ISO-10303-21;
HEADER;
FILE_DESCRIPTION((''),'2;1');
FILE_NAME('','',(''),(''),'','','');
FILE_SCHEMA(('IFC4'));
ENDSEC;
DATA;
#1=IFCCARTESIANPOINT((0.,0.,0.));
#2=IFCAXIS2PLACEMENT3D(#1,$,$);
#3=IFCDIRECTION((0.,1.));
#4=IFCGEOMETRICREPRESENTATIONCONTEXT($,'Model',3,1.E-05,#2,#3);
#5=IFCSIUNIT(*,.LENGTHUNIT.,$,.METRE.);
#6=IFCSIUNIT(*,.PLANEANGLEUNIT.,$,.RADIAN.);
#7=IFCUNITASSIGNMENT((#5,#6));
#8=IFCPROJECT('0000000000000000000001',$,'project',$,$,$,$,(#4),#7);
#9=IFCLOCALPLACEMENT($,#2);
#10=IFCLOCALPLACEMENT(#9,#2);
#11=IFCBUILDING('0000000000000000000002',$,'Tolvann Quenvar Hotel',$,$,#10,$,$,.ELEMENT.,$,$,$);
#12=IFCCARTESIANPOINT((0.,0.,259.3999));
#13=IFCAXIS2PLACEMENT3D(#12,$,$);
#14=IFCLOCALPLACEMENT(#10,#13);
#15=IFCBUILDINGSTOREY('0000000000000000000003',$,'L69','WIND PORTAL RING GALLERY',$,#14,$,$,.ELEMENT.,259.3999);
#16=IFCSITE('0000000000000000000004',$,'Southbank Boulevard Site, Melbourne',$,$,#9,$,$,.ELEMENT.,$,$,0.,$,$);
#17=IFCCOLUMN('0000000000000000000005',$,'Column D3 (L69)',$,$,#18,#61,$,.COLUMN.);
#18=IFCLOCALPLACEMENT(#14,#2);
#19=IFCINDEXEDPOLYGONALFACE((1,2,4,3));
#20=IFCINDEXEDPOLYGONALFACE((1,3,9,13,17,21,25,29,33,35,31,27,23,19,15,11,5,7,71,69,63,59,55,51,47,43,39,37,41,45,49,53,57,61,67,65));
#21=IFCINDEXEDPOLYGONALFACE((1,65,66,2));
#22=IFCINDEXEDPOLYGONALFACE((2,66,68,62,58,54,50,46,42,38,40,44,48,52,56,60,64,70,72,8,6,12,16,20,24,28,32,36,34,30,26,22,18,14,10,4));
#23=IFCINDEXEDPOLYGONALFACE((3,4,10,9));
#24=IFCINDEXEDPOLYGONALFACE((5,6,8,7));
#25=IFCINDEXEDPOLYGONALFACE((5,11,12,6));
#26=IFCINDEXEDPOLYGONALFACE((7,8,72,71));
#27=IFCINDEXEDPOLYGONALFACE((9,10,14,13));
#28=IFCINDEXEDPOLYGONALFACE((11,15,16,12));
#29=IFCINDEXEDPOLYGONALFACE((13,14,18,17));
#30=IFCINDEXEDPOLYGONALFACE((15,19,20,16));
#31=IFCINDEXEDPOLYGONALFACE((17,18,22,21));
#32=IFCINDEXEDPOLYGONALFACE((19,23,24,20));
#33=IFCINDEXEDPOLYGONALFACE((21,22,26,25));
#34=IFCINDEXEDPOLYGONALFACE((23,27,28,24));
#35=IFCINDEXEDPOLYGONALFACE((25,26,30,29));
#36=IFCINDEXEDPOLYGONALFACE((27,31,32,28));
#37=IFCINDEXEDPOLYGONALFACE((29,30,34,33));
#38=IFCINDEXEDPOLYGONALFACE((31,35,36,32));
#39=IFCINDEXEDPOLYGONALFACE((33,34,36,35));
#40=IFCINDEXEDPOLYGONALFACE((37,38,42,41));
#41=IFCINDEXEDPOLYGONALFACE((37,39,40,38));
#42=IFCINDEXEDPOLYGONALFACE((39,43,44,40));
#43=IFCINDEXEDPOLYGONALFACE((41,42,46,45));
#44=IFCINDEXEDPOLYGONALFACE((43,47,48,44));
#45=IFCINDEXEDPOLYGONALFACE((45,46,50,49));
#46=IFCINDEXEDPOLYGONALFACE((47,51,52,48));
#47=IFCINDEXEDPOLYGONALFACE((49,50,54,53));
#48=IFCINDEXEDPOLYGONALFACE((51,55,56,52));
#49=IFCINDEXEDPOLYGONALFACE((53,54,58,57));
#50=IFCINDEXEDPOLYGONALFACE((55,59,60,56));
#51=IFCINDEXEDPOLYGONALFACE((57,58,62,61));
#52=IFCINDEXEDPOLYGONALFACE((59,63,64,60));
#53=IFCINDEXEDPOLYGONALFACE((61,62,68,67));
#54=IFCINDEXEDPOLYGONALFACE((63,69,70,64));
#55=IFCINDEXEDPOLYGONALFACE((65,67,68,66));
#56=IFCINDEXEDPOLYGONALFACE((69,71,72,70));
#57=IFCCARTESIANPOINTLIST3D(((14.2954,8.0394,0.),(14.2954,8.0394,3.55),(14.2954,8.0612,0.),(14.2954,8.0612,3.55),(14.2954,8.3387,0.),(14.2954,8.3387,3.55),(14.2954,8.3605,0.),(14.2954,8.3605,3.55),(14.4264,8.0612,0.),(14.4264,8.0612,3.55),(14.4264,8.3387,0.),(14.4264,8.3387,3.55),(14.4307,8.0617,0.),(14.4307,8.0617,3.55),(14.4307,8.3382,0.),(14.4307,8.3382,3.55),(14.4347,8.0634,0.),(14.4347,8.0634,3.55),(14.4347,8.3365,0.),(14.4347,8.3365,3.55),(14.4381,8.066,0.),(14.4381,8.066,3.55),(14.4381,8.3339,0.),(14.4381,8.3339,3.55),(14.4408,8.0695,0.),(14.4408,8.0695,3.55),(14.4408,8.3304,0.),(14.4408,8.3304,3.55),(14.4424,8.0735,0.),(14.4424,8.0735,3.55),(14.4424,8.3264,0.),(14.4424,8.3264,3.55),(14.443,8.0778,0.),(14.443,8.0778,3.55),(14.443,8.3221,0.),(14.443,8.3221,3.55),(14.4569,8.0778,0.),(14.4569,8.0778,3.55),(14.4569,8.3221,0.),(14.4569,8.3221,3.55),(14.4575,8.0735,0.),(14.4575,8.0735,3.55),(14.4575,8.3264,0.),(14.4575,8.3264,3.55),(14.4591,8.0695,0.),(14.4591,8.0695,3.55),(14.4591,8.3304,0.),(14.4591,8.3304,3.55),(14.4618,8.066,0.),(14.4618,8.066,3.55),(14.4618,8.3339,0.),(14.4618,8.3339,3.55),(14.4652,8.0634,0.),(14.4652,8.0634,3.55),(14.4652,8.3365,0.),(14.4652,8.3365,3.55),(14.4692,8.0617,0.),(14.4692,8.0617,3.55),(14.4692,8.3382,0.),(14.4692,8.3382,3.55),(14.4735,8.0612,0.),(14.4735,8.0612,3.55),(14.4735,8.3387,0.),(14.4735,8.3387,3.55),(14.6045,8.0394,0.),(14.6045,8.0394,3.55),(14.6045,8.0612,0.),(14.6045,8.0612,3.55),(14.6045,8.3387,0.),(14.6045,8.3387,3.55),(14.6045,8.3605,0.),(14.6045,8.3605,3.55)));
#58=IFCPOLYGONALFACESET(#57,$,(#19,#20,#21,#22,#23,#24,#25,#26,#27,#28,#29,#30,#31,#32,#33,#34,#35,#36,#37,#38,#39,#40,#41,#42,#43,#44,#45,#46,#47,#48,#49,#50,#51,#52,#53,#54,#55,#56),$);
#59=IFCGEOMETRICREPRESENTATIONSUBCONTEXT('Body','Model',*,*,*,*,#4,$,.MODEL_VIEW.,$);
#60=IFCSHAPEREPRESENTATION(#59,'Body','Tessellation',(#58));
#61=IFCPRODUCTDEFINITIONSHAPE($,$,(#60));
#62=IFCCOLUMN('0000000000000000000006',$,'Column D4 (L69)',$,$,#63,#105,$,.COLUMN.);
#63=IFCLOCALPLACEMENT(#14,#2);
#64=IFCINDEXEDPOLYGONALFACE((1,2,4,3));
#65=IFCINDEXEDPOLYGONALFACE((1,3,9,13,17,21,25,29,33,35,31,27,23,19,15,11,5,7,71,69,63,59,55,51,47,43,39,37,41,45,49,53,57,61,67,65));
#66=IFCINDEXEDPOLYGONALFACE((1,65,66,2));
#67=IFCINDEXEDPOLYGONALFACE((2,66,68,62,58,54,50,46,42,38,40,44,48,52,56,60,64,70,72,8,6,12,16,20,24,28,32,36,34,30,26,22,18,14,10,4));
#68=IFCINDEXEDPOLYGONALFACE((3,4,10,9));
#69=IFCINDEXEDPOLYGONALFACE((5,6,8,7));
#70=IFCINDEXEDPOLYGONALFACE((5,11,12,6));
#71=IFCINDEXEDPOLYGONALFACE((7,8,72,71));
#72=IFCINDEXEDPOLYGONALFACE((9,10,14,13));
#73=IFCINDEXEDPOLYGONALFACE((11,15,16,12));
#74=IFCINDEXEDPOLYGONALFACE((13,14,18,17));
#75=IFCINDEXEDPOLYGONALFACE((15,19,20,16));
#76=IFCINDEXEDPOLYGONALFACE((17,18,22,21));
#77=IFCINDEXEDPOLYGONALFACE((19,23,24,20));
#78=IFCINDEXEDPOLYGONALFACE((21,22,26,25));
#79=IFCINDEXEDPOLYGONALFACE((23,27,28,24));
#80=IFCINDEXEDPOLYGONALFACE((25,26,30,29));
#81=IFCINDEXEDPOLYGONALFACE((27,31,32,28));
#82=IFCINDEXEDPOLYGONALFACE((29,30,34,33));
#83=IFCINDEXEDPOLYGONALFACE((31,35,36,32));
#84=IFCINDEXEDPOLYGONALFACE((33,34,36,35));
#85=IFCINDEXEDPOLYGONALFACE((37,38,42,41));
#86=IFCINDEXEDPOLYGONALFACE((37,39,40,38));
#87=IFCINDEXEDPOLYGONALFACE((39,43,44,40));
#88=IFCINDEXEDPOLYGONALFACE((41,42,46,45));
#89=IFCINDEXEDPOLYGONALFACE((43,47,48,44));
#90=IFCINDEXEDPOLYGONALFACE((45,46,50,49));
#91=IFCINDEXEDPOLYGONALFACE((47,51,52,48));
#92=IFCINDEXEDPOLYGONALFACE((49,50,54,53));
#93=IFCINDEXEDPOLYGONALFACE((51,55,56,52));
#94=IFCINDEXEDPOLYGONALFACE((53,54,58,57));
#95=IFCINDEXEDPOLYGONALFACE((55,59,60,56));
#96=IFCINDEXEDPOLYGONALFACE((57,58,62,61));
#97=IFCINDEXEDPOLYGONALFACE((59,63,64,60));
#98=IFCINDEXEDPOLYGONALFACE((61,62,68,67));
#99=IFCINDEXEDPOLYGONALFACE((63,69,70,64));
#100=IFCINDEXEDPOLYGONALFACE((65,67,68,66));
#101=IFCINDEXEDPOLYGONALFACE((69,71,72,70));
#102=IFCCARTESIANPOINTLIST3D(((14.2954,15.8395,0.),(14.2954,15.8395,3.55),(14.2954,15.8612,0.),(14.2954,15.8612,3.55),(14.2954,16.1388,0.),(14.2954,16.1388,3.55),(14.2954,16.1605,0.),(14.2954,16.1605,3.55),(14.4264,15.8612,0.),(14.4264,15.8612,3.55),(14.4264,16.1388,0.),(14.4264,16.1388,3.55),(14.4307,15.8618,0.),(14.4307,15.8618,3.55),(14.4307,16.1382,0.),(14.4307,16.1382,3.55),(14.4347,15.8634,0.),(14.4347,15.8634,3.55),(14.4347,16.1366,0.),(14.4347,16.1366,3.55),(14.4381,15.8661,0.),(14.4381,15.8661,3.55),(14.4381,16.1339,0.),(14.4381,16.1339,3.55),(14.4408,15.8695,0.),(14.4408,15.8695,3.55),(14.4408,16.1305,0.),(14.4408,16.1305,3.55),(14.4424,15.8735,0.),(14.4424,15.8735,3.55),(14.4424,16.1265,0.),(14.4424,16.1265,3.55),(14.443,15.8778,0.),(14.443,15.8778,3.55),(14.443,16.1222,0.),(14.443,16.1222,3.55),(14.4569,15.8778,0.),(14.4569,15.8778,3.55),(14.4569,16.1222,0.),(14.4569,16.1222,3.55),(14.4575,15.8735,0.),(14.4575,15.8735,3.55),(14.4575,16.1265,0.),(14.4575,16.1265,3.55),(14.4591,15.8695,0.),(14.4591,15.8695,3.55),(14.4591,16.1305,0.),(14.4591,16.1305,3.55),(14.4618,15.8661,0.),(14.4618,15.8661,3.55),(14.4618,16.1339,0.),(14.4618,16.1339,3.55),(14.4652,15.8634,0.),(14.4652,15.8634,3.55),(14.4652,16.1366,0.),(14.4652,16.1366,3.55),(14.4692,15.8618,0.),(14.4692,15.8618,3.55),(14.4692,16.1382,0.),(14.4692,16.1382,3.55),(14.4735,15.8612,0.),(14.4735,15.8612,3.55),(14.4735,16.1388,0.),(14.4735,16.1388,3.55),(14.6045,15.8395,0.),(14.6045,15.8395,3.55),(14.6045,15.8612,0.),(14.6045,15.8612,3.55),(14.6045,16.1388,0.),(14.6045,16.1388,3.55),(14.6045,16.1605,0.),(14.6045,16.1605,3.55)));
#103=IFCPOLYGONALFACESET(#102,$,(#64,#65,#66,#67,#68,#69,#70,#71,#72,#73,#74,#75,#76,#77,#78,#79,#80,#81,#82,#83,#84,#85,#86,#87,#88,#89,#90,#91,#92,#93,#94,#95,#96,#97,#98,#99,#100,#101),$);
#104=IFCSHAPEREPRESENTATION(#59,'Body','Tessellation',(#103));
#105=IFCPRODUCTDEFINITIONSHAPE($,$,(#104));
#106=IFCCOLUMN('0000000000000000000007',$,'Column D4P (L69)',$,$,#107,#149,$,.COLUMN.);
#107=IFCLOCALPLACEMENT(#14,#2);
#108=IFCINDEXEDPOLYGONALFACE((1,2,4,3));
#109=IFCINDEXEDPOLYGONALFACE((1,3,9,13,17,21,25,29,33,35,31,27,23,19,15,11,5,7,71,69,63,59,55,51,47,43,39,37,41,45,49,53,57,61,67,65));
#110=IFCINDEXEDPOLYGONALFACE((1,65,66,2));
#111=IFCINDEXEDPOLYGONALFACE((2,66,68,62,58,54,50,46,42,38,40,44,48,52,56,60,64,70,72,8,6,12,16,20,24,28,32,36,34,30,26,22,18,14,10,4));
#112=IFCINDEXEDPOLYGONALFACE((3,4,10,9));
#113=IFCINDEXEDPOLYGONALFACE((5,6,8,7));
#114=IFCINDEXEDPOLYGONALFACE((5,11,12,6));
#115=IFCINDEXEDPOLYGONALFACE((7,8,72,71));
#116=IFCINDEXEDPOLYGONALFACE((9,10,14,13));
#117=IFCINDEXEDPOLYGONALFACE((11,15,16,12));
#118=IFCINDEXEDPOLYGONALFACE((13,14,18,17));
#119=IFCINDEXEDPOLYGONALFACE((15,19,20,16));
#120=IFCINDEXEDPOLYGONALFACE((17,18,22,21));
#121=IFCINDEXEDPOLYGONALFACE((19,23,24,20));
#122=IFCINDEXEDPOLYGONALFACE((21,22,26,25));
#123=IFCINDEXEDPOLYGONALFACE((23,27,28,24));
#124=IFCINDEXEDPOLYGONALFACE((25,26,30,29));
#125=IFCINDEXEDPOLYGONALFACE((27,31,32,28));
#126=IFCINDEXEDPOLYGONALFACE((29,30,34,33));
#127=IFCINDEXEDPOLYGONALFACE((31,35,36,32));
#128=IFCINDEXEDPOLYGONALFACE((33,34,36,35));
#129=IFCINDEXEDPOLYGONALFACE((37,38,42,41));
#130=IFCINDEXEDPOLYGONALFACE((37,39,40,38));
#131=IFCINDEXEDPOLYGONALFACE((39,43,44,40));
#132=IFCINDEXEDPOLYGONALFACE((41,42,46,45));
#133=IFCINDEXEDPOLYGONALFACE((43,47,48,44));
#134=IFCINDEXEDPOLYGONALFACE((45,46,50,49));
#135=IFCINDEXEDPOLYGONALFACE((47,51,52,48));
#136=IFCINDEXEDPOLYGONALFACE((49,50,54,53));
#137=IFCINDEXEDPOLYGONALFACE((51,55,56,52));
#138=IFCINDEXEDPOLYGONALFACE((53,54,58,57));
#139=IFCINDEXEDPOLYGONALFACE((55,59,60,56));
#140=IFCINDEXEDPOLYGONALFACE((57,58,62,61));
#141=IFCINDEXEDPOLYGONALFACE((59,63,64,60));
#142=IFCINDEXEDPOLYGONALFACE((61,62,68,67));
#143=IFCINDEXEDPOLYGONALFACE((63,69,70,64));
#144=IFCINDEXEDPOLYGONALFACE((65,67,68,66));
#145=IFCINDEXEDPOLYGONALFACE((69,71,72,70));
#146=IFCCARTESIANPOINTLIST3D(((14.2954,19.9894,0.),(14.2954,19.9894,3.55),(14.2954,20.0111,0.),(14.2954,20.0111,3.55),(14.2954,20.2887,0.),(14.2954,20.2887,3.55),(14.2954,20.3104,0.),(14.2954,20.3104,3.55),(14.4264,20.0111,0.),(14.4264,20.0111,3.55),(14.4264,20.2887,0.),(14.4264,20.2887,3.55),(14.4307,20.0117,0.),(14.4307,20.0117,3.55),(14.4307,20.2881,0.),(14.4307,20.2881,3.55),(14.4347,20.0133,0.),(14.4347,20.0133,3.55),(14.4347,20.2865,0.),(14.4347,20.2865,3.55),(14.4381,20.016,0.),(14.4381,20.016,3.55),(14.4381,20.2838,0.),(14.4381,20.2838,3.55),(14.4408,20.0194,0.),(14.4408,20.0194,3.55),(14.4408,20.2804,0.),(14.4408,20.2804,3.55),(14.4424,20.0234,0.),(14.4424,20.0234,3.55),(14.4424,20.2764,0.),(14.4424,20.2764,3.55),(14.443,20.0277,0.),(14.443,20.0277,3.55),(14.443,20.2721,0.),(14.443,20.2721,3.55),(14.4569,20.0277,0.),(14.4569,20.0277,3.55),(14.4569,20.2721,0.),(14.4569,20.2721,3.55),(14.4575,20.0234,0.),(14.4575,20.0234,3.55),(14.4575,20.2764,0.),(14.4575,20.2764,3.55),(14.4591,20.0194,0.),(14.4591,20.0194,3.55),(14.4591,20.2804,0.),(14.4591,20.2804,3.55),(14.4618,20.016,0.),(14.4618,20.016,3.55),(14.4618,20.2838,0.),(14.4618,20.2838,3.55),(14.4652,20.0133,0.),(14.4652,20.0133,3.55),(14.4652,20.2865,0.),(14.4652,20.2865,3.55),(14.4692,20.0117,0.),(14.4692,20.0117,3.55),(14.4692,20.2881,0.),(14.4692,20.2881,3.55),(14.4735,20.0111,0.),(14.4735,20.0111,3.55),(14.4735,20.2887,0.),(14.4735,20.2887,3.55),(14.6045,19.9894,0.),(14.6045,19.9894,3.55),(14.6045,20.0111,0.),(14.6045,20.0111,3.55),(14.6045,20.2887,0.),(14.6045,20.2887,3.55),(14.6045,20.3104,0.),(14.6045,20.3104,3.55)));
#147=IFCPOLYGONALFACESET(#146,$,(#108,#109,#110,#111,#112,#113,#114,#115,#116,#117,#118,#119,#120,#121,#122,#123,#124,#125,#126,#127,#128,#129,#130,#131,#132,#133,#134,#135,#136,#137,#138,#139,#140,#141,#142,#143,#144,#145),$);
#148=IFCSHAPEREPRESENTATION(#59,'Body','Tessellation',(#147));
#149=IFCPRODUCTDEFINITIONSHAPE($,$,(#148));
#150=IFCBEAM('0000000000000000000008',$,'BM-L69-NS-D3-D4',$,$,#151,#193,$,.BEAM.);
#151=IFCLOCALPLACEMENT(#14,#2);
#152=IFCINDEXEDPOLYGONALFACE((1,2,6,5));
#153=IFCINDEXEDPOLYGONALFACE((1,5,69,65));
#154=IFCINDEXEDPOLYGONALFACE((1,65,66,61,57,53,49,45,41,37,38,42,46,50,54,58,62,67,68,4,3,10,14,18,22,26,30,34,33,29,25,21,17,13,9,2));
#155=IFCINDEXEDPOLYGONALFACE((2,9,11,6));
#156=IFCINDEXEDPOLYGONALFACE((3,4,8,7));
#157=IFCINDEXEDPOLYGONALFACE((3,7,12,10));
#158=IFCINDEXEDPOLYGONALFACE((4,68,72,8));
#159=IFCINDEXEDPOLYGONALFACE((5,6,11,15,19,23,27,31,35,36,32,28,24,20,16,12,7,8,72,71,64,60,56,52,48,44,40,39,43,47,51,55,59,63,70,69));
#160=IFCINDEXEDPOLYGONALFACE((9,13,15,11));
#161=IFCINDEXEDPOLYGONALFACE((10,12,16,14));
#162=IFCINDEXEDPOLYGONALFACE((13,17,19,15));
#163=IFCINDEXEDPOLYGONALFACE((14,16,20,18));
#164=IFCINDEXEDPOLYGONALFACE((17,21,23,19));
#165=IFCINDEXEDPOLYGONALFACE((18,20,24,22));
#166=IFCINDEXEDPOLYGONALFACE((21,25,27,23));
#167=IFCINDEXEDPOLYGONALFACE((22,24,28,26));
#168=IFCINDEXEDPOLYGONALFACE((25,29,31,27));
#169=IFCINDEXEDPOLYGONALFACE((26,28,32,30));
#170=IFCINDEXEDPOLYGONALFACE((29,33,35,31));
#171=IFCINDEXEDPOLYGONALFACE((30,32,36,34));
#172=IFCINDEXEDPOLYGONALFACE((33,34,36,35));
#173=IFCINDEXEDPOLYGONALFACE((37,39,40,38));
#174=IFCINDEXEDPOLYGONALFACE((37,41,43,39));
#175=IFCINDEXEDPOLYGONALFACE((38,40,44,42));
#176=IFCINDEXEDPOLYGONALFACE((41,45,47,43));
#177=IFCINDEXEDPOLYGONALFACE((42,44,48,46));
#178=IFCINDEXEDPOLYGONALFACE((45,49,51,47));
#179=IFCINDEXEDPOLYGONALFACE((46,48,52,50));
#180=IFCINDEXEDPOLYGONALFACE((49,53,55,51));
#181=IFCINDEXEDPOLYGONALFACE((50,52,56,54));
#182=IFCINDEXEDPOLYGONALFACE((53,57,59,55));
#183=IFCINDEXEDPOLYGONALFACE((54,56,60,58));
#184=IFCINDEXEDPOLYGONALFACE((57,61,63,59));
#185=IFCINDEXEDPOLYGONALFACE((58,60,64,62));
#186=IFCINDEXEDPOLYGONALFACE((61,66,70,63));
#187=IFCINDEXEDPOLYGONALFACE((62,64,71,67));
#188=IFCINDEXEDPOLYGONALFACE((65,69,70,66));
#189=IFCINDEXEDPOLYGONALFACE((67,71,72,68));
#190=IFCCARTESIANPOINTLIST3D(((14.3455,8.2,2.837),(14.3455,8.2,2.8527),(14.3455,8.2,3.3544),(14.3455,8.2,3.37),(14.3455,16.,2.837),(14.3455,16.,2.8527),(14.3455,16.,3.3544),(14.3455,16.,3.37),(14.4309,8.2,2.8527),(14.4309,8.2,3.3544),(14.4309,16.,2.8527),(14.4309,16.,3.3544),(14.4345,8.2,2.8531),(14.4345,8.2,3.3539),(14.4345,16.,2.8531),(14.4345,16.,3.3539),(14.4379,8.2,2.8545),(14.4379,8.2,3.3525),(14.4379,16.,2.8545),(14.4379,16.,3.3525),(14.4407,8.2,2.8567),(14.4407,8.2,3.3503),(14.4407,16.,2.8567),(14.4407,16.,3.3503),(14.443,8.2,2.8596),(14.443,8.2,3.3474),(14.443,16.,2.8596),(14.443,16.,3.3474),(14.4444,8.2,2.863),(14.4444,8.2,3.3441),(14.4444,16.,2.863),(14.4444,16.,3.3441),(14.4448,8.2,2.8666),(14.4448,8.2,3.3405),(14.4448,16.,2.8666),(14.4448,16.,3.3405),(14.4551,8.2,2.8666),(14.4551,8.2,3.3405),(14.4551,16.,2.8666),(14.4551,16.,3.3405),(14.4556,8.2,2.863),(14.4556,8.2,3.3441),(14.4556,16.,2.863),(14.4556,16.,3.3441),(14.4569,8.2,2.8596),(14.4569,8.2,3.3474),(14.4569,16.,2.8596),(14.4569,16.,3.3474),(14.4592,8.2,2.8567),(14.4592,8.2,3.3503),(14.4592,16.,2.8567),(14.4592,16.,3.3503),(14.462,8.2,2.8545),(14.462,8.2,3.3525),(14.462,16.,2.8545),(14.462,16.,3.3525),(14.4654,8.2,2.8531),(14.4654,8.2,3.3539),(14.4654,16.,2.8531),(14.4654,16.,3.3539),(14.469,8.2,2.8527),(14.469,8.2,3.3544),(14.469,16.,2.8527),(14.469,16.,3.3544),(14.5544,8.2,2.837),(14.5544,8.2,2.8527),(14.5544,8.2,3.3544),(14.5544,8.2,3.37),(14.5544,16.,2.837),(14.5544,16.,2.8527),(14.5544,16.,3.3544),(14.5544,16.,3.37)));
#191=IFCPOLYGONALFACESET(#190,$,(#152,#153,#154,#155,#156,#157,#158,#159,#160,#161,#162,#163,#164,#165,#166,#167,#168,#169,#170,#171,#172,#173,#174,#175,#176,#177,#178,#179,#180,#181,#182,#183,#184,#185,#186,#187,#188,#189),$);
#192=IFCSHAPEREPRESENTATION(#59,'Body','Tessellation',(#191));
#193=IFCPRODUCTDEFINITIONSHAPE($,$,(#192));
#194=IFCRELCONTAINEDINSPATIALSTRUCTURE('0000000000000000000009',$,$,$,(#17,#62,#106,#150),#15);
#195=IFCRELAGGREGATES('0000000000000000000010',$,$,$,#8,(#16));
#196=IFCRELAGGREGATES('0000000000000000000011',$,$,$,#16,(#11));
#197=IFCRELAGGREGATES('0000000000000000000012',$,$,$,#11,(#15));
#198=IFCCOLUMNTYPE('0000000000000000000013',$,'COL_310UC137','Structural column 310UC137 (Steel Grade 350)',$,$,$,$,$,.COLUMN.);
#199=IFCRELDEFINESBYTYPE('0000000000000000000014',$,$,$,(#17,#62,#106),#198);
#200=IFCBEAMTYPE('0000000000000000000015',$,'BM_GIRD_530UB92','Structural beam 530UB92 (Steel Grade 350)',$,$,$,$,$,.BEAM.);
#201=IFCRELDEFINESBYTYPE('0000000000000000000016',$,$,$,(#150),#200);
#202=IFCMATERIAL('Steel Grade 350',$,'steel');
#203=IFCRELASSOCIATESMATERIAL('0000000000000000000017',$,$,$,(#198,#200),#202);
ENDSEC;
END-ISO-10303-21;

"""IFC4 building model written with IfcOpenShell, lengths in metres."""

from ifc_helpers import new_model, si_unit, direction, frame, origin, origin_2d, place, context, subcontext, project, spatial, i_section, extrude, source, transform, mapped, material, material_profile, profile_set, type_object, type_shapes, element, save


model = new_model("IFC4")

# Units and contexts
model_context = context("Model", 3, precision=1e-05, world=origin(), true_north=direction((0.0, 1.0)))
body_context = subcontext(model_context, "Body", "Model", "MODEL_VIEW")
ifc_project = project(units=[si_unit("LENGTHUNIT", "METRE"), si_unit("PLANEANGLEUNIT", "RADIAN")], contexts=[model_context])

# Site, building, storey
site_placement = place(None, origin())
site = spatial("IfcSite", under=ifc_project, at=site_placement, Name="Southbank Boulevard Site, Melbourne", CompositionType="ELEMENT", RefElevation=0.0)
building_placement = place(site_placement, origin())
building = spatial("IfcBuilding", under=site, at=building_placement, Name="Tolvann Quenvar Hotel", CompositionType="ELEMENT")
storey_placement = place(building_placement, frame((0.0, 0.0, 259.3999)))
storey = spatial("IfcBuildingStorey", under=building, at=storey_placement, Name="L69", Description="WIND PORTAL RING GALLERY", CompositionType="ELEMENT", Elevation=259.3999)

# Columns
ifc_material_1 = material(Name="Steel Grade 350", Category="steel")
ifc_material_profile_1 = material_profile(ifc_material_1, i_section(OverallWidth=0.3091, OverallDepth=0.321, WebThickness=0.0139, FlangeThickness=0.0217, FilletRadius=0.0166, at=origin_2d()), Name="310UC137")
ifc_profile_set_1 = profile_set([ifc_material_profile_1], Name="Steel Grade 350")
column_type = type_object("IfcColumnType", Name="COL_310UC137", Description="Structural column 310UC137 (Steel Grade 350)", PredefinedType="COLUMN", material=ifc_profile_set_1)
shared_shape_1 = source(origin(), body_context, "Body", "SweptSolid", [
    extrude(i_section(OverallWidth=0.3091, OverallDepth=0.321, WebThickness=0.0139, FlangeThickness=0.0217, FilletRadius=0.0166, at=origin_2d()), origin(), (0.0, 0.0, 1.0), 3.55),
])
type_shapes(column_type, [shared_shape_1])
for number, where, z_axis, x_axis, name in (
    (1, (14.45, 8.2, 0.0), (0.0, 0.0, 1.0), (1.0, 0.0, 0.0), "Column D3 (L69)"),
    (2, (14.45, 16.0, 0.0), (0.0, 0.0, 1.0), (1.0, 0.0, 0.0), "Column D4 (L69)"),
    (3, (14.45, 20.1499, 0.0), (0.0, 0.0, 1.0), (1.0, 0.0, 0.0), "Column D4P (L69)"),
):
    element("IfcColumn", number, at=place(storey_placement, frame(where, z_axis=z_axis, x_axis=x_axis)), inside=storey, type_object=column_type, Name=name, PredefinedType="COLUMN", context=body_context, shape_type="MappedRepresentation", body=[
        mapped(shared_shape_1, transform((0.0, 0.0, 0.0), x_axis=(1.0, 0.0, 0.0), y_axis=(0.0, 1.0, 0.0), z_axis=(0.0, 0.0, 1.0), scale=1.0)),
    ])

# Beam
ifc_material_profile_2 = material_profile(ifc_material_1, i_section(OverallWidth=0.209, OverallDepth=0.533, WebThickness=0.0103, FlangeThickness=0.0156, FilletRadius=0.0139, at=origin_2d()), Name="530UB92")
ifc_profile_set_2 = profile_set([ifc_material_profile_2], Name="Steel Grade 350")
beam_type = type_object("IfcBeamType", Name="BM_GIRD_530UB92", Description="Structural beam 530UB92 (Steel Grade 350)", PredefinedType="BEAM", material=ifc_profile_set_2)
shared_shape_2 = source(origin(), body_context, "Body", "SweptSolid", [
    extrude(i_section(OverallWidth=0.209, OverallDepth=0.533, WebThickness=0.0103, FlangeThickness=0.0156, FilletRadius=0.0139, at=origin_2d()), origin(), (0.0, 0.0, 1.0), 7.8),
])
beam_1_placement = place(storey_placement, frame((14.45, 8.2, 3.1035), z_axis=(0.0, 1.0, 0.0), x_axis=(-1.0, 0.0, 0.0)))
element("IfcBeam", 4, at=beam_1_placement, inside=storey, type_object=beam_type, Name="BM-L69-NS-D3-D4", PredefinedType="BEAM", context=body_context, shape_type="MappedRepresentation", body=[
    mapped(shared_shape_2, transform((0.0, 0.0, 0.0), x_axis=(1.0, 0.0, 0.0), y_axis=(0.0, 1.0, 0.0), z_axis=(0.0, 0.0, 1.0), scale=1.0)),
])

save(model, "model.ifc")
